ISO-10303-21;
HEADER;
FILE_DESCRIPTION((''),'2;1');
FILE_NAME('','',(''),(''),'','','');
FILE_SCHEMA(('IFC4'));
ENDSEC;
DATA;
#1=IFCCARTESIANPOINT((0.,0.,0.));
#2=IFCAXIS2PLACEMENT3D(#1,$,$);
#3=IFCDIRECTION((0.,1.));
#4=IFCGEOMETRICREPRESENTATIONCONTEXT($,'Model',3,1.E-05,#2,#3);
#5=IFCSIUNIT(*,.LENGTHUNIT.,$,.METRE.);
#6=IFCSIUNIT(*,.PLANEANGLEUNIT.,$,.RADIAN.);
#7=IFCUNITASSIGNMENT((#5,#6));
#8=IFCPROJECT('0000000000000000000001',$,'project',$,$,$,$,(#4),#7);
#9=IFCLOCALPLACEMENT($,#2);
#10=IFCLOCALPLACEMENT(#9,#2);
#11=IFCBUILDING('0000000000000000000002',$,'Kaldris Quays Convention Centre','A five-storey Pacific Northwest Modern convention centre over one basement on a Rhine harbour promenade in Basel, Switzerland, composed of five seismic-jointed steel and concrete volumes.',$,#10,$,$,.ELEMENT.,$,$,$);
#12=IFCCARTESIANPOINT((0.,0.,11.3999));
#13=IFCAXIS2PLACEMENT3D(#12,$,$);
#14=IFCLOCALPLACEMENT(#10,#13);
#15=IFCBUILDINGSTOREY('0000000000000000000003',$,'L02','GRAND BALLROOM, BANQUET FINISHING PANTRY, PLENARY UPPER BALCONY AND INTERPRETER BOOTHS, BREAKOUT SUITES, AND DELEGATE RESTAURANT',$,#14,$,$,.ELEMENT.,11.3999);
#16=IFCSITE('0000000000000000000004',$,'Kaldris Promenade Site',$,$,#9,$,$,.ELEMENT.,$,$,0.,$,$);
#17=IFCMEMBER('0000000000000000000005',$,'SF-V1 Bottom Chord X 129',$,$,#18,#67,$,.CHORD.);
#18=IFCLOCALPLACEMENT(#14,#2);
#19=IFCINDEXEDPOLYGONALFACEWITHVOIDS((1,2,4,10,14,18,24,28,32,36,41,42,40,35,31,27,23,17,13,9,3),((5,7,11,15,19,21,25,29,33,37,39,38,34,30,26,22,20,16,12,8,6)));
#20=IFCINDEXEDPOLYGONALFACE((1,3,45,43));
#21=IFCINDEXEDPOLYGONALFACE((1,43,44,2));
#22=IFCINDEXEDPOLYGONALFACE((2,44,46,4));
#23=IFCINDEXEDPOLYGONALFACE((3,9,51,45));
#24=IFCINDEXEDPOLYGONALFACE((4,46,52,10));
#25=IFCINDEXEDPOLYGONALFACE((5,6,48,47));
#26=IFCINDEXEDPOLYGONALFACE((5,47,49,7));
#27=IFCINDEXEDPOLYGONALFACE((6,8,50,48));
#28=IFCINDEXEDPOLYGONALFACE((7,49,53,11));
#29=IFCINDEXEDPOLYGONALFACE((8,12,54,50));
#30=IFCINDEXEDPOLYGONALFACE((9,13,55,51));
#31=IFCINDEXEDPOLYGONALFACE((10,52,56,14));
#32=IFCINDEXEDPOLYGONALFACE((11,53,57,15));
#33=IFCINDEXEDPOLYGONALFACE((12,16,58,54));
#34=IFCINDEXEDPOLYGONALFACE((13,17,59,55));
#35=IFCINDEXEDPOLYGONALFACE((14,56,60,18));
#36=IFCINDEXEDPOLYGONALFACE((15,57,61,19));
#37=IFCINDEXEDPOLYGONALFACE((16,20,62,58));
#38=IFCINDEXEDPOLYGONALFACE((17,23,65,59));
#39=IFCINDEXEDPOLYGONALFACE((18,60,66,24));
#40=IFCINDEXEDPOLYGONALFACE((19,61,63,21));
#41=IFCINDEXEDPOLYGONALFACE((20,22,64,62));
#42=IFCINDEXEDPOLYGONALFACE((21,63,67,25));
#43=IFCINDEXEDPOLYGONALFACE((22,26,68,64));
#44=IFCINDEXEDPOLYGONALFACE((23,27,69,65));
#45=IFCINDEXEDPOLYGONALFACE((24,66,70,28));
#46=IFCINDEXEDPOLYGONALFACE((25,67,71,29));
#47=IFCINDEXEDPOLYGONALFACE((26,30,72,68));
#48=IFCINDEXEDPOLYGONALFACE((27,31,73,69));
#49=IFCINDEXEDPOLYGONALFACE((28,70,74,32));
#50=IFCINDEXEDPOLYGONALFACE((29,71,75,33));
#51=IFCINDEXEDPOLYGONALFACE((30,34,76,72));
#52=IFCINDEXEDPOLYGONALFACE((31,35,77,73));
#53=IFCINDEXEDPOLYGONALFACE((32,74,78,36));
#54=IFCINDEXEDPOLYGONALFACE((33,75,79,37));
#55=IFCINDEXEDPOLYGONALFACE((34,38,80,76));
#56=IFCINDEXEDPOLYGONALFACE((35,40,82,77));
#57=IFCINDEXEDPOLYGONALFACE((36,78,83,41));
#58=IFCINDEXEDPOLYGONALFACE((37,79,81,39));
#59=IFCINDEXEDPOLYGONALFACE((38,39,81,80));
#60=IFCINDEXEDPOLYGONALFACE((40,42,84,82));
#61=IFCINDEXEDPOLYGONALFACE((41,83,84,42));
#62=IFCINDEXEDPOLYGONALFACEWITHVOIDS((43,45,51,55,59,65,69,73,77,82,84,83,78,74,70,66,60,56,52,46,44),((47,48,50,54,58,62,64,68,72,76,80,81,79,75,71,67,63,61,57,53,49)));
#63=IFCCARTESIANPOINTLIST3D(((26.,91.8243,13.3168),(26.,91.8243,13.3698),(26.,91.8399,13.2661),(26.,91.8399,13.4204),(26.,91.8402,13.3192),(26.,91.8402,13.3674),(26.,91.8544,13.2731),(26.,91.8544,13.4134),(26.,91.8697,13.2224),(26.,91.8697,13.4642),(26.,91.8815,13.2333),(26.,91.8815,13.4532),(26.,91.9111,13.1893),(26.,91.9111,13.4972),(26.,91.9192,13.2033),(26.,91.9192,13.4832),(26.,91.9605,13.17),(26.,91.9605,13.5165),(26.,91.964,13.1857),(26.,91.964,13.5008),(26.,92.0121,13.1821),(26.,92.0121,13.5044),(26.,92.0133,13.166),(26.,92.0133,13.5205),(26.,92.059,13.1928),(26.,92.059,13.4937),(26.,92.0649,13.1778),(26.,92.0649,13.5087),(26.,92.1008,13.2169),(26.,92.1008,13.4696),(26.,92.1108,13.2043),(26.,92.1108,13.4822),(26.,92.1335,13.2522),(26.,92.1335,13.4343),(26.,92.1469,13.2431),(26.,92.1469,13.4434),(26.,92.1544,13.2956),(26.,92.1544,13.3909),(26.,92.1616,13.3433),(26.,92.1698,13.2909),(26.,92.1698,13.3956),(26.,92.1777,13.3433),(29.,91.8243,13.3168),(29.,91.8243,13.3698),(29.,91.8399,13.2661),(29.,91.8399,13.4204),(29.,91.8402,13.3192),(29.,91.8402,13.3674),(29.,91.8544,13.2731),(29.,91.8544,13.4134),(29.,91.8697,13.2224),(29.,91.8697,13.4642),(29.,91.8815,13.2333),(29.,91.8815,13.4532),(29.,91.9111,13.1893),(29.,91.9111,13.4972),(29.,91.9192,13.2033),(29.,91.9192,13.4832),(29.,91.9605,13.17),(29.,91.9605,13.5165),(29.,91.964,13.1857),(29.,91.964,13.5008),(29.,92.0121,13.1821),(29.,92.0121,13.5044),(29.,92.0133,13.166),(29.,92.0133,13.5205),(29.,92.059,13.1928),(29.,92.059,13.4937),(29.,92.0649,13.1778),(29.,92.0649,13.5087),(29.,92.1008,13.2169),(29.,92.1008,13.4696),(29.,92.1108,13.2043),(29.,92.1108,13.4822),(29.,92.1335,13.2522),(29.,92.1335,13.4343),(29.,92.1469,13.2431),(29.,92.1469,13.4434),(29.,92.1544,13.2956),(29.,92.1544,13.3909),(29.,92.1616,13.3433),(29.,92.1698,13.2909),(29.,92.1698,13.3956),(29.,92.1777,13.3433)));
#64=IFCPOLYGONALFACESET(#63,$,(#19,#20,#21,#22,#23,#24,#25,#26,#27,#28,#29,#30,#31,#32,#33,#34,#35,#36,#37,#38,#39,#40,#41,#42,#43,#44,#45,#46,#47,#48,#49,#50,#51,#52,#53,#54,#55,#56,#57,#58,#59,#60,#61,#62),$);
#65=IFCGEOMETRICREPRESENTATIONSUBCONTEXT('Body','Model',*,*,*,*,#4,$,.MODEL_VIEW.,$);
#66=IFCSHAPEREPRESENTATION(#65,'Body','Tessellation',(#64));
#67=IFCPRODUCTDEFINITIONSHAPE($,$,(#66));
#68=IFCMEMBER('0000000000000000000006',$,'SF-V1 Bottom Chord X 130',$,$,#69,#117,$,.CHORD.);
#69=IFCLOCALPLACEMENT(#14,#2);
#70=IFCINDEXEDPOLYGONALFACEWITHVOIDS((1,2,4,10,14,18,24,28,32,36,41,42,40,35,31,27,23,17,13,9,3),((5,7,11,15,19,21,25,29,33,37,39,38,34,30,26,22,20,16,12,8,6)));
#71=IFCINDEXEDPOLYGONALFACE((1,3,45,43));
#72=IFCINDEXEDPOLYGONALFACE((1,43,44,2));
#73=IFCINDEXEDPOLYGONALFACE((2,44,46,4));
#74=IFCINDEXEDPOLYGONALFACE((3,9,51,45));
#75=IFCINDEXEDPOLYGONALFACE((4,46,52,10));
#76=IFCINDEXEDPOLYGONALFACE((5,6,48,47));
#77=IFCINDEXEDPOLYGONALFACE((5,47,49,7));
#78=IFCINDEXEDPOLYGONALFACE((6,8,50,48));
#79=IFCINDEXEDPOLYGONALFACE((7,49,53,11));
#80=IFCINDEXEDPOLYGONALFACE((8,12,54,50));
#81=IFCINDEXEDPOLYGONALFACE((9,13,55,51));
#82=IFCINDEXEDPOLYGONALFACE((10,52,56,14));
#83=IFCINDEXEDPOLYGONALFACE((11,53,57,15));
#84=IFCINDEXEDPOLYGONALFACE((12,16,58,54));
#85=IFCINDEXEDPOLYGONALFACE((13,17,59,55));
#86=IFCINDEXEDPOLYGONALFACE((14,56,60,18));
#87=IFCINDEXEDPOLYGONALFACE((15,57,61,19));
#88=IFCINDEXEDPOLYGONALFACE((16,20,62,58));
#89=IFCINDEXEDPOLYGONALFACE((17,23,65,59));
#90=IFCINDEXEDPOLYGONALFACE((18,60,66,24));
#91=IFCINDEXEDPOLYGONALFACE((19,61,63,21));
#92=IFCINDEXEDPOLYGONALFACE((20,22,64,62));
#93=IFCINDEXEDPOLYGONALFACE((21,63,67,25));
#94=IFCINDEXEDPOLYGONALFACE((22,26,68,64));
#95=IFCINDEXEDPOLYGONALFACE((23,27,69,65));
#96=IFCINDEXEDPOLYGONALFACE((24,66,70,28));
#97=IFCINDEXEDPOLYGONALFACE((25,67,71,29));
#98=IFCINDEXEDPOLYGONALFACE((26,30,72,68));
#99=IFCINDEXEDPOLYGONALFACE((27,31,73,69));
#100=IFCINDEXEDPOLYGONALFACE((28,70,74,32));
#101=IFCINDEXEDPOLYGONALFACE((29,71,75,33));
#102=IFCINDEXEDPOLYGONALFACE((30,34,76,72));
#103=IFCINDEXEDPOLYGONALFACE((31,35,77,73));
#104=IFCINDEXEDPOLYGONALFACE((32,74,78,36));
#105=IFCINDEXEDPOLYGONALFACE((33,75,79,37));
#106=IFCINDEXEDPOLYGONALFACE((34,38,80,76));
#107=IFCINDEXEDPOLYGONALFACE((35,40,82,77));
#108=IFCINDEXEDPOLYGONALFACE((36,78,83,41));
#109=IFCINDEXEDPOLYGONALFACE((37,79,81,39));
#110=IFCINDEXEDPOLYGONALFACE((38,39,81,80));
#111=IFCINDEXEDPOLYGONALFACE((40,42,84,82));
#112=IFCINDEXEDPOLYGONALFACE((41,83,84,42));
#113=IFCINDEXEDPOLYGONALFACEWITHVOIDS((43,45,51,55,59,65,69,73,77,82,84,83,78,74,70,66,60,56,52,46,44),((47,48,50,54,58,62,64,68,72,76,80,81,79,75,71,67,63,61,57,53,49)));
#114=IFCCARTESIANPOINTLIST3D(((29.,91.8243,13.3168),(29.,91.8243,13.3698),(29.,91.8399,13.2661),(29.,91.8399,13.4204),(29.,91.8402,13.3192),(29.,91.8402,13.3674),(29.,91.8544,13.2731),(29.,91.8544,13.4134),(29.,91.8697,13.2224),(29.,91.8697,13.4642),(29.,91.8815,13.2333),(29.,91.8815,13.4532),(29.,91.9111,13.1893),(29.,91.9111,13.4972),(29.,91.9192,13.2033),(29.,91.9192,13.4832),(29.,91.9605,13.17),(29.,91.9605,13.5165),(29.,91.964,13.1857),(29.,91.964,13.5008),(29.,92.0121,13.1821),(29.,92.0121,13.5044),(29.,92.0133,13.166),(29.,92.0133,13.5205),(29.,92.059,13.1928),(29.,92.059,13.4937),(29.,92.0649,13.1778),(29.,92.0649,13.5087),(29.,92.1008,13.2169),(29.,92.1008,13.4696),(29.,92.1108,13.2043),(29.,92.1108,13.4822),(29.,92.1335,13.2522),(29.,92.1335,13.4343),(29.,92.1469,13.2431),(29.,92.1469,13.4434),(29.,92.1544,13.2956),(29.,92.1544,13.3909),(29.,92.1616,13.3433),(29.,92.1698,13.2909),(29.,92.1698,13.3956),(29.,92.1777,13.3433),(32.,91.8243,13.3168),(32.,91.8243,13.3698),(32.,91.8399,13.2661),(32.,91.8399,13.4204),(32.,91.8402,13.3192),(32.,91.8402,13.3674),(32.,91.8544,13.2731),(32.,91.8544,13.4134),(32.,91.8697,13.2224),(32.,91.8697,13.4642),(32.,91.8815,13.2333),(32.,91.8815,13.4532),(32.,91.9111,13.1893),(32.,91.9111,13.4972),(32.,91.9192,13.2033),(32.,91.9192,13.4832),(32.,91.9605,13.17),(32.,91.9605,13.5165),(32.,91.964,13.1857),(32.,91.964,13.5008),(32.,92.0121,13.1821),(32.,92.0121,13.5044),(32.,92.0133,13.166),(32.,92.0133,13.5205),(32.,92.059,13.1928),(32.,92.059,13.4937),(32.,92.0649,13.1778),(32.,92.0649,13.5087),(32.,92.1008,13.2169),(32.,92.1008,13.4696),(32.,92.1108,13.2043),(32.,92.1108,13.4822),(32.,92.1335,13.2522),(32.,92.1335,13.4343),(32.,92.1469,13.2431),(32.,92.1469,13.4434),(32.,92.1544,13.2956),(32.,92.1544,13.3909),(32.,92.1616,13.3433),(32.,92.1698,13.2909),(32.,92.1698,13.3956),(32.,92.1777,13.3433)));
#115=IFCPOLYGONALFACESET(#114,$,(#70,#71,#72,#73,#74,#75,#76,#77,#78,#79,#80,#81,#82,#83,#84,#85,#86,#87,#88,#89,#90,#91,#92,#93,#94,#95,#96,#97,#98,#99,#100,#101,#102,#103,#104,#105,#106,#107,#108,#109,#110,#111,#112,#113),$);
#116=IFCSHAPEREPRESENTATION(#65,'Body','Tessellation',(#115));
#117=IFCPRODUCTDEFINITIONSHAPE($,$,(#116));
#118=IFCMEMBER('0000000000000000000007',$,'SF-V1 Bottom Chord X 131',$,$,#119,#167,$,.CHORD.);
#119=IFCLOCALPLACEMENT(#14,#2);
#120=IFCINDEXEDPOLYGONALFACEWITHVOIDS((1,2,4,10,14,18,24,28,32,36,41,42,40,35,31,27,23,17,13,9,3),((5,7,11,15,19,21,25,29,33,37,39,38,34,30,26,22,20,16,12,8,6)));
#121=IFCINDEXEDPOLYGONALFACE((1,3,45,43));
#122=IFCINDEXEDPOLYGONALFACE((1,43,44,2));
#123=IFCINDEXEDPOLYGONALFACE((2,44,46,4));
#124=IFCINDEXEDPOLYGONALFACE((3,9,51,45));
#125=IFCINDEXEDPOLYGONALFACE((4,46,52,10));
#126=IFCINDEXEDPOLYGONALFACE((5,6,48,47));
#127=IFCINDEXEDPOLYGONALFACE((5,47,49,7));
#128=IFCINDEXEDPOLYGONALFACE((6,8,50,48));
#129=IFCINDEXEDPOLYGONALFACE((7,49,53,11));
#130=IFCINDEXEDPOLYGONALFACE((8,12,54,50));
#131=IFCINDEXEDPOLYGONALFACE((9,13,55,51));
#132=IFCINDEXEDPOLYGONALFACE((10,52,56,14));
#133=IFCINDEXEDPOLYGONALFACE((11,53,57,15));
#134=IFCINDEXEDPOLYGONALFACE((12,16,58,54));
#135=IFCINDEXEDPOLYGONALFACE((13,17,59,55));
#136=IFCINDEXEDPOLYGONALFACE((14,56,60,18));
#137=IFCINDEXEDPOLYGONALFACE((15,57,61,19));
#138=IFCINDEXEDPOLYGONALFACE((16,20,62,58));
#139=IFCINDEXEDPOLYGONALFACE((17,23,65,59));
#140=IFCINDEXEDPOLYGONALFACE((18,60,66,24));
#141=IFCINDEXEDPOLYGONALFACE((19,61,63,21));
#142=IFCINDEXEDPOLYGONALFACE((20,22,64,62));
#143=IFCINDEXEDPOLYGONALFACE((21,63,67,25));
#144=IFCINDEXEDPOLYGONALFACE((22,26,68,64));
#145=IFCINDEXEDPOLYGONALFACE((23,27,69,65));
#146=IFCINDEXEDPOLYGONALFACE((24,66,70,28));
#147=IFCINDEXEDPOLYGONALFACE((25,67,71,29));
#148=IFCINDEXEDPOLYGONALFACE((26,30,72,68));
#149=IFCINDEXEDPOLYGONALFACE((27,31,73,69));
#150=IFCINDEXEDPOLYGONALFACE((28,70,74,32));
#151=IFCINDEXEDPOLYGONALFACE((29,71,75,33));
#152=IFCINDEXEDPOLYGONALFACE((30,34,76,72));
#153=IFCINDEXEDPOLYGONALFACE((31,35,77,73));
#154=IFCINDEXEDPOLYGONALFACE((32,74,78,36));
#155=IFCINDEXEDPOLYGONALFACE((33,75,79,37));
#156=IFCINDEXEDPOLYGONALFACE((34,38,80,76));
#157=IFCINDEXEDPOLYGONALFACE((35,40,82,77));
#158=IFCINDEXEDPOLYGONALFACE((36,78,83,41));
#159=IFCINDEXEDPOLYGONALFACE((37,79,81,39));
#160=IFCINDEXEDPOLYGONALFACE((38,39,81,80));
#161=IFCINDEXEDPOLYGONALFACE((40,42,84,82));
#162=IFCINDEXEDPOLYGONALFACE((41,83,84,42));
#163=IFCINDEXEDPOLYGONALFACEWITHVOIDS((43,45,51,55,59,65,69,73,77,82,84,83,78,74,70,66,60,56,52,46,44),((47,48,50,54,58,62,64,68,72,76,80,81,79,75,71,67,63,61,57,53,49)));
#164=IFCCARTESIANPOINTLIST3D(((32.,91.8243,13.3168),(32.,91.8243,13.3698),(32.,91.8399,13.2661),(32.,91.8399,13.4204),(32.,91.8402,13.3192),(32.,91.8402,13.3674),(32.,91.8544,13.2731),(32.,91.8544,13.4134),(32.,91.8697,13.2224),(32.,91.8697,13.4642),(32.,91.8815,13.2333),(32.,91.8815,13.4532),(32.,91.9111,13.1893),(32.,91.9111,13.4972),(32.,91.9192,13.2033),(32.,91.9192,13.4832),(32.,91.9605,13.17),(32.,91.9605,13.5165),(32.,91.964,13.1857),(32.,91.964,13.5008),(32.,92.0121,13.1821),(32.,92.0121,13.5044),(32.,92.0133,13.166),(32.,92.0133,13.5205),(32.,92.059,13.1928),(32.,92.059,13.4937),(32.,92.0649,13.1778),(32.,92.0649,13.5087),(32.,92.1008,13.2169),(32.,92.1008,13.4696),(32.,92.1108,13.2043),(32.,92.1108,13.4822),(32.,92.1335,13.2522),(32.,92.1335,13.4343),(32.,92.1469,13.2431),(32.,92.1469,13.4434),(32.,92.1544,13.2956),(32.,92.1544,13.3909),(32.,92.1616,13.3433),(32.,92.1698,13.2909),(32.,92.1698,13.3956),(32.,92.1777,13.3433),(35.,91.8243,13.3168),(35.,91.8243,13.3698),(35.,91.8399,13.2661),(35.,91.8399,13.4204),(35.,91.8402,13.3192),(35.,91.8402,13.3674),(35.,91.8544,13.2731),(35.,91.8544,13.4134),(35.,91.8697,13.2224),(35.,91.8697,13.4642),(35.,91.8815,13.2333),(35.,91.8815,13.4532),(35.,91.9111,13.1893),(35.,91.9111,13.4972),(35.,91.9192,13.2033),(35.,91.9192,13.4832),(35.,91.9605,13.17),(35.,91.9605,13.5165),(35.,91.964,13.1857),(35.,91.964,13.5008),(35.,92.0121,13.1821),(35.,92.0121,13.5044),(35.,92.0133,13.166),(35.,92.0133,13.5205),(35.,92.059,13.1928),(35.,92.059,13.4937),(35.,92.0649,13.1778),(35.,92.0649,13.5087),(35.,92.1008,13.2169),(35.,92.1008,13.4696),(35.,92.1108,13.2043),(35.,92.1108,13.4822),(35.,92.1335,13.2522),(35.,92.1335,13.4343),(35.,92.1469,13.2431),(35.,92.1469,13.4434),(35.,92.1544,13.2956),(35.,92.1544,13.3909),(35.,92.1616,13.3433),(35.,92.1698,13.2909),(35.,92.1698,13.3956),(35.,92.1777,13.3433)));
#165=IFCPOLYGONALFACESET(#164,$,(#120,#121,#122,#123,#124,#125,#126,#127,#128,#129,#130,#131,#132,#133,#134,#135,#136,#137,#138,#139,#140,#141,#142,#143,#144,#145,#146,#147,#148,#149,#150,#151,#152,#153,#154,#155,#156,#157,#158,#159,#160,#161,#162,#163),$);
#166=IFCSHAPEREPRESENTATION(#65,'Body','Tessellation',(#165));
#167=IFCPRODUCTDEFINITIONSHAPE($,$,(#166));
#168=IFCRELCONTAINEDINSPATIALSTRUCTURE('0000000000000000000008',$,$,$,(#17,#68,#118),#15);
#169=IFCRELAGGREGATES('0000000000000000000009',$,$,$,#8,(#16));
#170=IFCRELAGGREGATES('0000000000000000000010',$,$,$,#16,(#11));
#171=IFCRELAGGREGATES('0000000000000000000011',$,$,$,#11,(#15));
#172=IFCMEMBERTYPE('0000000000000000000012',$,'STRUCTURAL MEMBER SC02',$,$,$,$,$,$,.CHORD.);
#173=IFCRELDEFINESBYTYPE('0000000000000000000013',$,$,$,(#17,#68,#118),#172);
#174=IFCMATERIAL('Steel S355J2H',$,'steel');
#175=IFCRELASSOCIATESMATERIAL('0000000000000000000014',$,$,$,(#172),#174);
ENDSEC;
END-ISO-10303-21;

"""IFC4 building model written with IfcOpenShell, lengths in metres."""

from ifc_helpers import new_model, si_unit, direction, frame, origin, origin_2d, place, context, subcontext, project, spatial, hollow_circle, extrude, material, material_profile, profile_set, type_object, element, save


model = new_model("IFC4")

# Units and contexts
model_context = context("Model", 3, precision=1e-05, world=origin(), true_north=direction((0.0, 1.0)))
body_context = subcontext(model_context, "Body", "Model", "MODEL_VIEW")
ifc_project = project(units=[si_unit("LENGTHUNIT", "METRE"), si_unit("PLANEANGLEUNIT", "RADIAN")], contexts=[model_context])

# Site, building, storey
site_placement = place(None, origin())
site = spatial("IfcSite", under=ifc_project, at=site_placement, Name="Kaldris Promenade Site", CompositionType="ELEMENT", RefElevation=0.0)
building_placement = place(site_placement, origin())
building = spatial("IfcBuilding", under=site, at=building_placement, Name="Kaldris Quays Convention Centre", Description="A five-storey Pacific Northwest Modern convention centre over one basement on a Rhine harbour promenade in Basel, Switzerland, composed of five seismic-jointed steel and concrete volumes.", CompositionType="ELEMENT")
storey_placement = place(building_placement, frame((0.0, 0.0, 11.3999)))
storey = spatial("IfcBuildingStorey", under=building, at=storey_placement, Name="L02", Description="GRAND BALLROOM, BANQUET FINISHING PANTRY, PLENARY UPPER BALCONY AND INTERPRETER BOOTHS, BREAKOUT SUITES, AND DELEGATE RESTAURANT", CompositionType="ELEMENT", Elevation=11.3999)

# Members
ifc_material_1 = material(Name="Steel S355J2H", Category="steel")
ifc_material_profile_1 = material_profile(ifc_material_1, hollow_circle(Radius=0.1777, WallThickness=0.0161, at=origin_2d()), Name="CHS 355.6x16")
ifc_profile_set_1 = profile_set([ifc_material_profile_1], Name="Steel S355J2H")
member_type_1 = type_object("IfcMemberType", Name="STRUCTURAL MEMBER SC02", PredefinedType="CHORD", material=ifc_profile_set_1)
for number, where, z_axis, x_axis, name in (
    (1, (26.0, 92.0, 13.3433), (1.0, 0.0, 0.0), (0.0, 1.0, 0.0), "SF-V1 Bottom Chord X 129"),
    (2, (29.0, 92.0, 13.3433), (1.0, 0.0, 0.0), (0.0, 1.0, 0.0), "SF-V1 Bottom Chord X 130"),
    (3, (32.0, 92.0, 13.3433), (1.0, 0.0, 0.0), (0.0, 1.0, 0.0), "SF-V1 Bottom Chord X 131"),
):
    element("IfcMember", number, at=place(storey_placement, frame(where, z_axis=z_axis, x_axis=x_axis)), inside=storey, type_object=member_type_1, Name=name, PredefinedType="CHORD", context=body_context, shape_type="SweptSolid", body=[
        extrude(hollow_circle(Radius=0.1777, WallThickness=0.0161, at=origin_2d()), origin(), (0.0, 0.0, 1.0), 3.0),
    ])

save(model, "model.ifc")
